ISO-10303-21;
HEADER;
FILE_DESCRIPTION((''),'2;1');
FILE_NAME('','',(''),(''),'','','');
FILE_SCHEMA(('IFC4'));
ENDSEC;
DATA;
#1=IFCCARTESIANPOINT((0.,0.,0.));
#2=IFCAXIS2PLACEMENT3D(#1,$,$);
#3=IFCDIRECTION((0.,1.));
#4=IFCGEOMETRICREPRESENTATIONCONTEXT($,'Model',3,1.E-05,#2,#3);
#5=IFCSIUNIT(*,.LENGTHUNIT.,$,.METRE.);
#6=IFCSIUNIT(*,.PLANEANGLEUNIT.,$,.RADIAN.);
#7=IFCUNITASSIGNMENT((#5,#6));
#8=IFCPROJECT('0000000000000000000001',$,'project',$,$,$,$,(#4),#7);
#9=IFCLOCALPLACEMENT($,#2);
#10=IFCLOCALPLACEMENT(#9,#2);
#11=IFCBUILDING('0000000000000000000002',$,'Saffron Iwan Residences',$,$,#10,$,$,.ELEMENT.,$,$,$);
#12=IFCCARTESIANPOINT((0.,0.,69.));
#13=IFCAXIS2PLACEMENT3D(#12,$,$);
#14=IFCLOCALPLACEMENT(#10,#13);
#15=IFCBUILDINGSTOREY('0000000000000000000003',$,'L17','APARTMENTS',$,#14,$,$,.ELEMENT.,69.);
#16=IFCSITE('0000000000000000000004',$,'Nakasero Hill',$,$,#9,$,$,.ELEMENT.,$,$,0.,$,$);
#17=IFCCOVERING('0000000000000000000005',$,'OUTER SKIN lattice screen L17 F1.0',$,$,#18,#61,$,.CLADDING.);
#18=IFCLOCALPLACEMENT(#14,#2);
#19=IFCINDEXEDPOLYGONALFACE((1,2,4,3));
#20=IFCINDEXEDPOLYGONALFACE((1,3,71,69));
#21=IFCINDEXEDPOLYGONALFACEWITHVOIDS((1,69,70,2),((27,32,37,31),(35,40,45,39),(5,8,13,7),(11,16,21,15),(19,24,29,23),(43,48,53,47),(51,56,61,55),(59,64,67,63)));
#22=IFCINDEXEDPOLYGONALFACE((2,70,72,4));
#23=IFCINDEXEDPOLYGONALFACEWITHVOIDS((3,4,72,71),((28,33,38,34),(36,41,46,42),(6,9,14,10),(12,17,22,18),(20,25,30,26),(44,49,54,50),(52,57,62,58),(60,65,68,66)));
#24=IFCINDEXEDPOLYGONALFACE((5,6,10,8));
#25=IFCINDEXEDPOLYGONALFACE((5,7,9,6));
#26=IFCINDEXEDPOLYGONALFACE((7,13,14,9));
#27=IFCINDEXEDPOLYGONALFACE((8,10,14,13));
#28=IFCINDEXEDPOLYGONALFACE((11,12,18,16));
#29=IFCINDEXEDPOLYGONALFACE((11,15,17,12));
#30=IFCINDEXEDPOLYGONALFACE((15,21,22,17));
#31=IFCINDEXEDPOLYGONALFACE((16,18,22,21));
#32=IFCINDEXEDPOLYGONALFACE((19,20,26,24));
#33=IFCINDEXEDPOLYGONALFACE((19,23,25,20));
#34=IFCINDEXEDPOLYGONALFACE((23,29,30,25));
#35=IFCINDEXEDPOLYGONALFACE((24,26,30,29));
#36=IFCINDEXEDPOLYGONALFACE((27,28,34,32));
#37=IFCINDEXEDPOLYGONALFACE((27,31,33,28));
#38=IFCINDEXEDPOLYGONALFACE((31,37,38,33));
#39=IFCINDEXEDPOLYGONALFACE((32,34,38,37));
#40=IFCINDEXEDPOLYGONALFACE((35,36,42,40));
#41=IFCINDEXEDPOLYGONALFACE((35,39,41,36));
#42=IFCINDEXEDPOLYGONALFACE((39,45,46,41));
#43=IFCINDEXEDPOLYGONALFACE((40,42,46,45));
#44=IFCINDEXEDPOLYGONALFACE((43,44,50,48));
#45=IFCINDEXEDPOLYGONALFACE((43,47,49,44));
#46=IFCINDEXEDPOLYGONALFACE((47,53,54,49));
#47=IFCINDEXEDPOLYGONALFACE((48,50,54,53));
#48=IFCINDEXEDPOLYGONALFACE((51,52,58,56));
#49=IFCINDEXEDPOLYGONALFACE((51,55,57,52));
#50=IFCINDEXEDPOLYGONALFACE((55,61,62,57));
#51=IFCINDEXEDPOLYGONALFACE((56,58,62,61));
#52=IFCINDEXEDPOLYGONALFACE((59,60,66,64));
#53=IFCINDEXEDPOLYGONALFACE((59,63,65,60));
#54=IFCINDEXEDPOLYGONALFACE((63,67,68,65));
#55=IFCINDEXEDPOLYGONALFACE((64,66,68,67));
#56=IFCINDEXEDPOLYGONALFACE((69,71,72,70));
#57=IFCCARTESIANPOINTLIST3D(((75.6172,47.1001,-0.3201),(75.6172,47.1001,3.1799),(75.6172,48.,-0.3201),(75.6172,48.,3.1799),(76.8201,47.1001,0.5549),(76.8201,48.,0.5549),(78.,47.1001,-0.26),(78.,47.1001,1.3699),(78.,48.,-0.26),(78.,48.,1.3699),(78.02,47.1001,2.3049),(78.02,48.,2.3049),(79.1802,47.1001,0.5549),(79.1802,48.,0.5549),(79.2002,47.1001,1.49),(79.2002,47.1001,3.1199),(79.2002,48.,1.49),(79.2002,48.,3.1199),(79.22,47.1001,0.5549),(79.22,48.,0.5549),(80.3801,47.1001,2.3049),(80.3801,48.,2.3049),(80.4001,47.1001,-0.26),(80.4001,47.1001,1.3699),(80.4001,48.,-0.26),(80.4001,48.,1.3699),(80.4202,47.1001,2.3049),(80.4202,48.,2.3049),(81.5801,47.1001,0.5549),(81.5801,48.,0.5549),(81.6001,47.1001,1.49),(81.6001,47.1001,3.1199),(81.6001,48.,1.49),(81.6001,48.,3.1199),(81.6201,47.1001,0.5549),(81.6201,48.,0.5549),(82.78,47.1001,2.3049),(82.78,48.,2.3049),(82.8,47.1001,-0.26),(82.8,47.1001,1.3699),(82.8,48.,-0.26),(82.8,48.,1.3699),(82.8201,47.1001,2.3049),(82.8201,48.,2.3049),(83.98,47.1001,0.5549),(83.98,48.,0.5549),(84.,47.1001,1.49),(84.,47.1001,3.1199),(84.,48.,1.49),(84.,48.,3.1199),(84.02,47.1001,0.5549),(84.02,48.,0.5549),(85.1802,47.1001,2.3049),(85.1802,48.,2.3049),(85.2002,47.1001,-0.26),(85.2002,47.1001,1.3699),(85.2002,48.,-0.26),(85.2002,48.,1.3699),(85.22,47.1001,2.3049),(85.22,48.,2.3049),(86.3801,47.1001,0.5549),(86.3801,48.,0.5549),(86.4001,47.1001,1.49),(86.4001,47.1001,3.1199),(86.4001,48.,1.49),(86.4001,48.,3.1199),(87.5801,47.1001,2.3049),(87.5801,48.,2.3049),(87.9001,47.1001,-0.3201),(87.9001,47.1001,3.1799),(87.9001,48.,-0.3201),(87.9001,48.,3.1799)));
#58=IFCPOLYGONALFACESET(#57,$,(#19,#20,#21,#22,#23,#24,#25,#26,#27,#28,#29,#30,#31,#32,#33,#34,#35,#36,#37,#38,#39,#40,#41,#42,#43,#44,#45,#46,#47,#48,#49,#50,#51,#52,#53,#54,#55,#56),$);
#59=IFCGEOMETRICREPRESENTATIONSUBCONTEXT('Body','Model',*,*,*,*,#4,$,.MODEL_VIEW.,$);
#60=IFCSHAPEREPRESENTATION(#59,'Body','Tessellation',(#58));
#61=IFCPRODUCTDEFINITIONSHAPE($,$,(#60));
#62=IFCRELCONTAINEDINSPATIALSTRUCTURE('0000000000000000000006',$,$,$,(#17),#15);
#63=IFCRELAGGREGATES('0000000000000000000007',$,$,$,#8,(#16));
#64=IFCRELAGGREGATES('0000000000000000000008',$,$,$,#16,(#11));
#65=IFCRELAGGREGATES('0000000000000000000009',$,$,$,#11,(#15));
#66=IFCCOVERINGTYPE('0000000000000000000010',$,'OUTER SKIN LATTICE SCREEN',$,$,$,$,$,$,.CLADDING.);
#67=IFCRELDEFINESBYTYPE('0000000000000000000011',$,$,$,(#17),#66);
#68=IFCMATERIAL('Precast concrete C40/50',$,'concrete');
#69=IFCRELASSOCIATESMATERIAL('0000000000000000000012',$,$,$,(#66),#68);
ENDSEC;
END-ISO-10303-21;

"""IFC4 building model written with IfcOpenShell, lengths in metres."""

from ifc_helpers import new_model, si_unit, direction, frame, origin, place, context, subcontext, project, spatial, polyline, outline, extrude, material, type_object, element, save


model = new_model("IFC4")

# Units and contexts
model_context = context("Model", 3, precision=1e-05, world=origin(), true_north=direction((0.0, 1.0)))
body_context = subcontext(model_context, "Body", "Model", "MODEL_VIEW")
ifc_project = project(units=[si_unit("LENGTHUNIT", "METRE"), si_unit("PLANEANGLEUNIT", "RADIAN")], contexts=[model_context])

# Site, building, storey
site_placement = place(None, origin())
site = spatial("IfcSite", under=ifc_project, at=site_placement, Name="Nakasero Hill", CompositionType="ELEMENT", RefElevation=0.0)
building_placement = place(site_placement, origin())
building = spatial("IfcBuilding", under=site, at=building_placement, Name="Saffron Iwan Residences", CompositionType="ELEMENT")
storey_placement = place(building_placement, frame((0.0, 0.0, 69.0)))
storey = spatial("IfcBuildingStorey", under=building, at=storey_placement, Name="L17", Description="APARTMENTS", CompositionType="ELEMENT", Elevation=69.0)

# Covering
ifc_material_1 = material(Name="Precast concrete C40/50", Category="concrete")
covering_type = type_object("IfcCoveringType", Name="OUTER SKIN LATTICE SCREEN", PredefinedType="CLADDING", material=ifc_material_1)
covering_placement = place(storey_placement, frame((75.6172, 48.0, -0.3201), z_axis=(0.0, -1.0, 0.0), x_axis=(1.0, 0.0, 0.0)))
element("IfcCovering", 1, at=covering_placement, inside=storey, type_object=covering_type, Name="OUTER SKIN lattice screen L17 F1.0", PredefinedType="CLADDING", context=body_context, shape_type="SweptSolid", body=[
    extrude(outline(polyline([(0.0, 0.0), (12.283, 0.0), (12.283, 3.5), (0.0, 3.5), (0.0, 0.0)]), holes=[polyline([(1.2029, 0.875), (2.3828, 0.0601), (3.563, 0.875), (2.3828, 1.6899), (1.2029, 0.875)]), polyline([(3.6028, 0.875), (4.783, 0.0601), (5.9629, 0.875), (4.783, 1.6899), (3.6028, 0.875)]), polyline([(6.0029, 0.875), (7.1829, 0.0601), (8.3628, 0.875), (7.1829, 1.6899), (6.0029, 0.875)]), polyline([(8.4028, 0.875), (9.583, 0.0601), (10.7629, 0.875), (9.583, 1.6899), (8.4028, 0.875)]), polyline([(2.4028, 2.625), (3.583, 1.8101), (4.7629, 2.625), (3.583, 3.4399), (2.4028, 2.625)]), polyline([(4.803, 2.625), (5.9829, 1.8101), (7.1628, 2.625), (5.9829, 3.4399), (4.803, 2.625)]), polyline([(7.2029, 2.625), (8.3828, 1.8101), (9.563, 2.625), (8.3828, 3.4399), (7.2029, 2.625)]), polyline([(9.6028, 2.625), (10.783, 1.8101), (11.9629, 2.625), (10.783, 3.4399), (9.6028, 2.625)])]), origin(), (0.0, 0.0, 1.0), 0.8999),
])

save(model, "model.ifc")
